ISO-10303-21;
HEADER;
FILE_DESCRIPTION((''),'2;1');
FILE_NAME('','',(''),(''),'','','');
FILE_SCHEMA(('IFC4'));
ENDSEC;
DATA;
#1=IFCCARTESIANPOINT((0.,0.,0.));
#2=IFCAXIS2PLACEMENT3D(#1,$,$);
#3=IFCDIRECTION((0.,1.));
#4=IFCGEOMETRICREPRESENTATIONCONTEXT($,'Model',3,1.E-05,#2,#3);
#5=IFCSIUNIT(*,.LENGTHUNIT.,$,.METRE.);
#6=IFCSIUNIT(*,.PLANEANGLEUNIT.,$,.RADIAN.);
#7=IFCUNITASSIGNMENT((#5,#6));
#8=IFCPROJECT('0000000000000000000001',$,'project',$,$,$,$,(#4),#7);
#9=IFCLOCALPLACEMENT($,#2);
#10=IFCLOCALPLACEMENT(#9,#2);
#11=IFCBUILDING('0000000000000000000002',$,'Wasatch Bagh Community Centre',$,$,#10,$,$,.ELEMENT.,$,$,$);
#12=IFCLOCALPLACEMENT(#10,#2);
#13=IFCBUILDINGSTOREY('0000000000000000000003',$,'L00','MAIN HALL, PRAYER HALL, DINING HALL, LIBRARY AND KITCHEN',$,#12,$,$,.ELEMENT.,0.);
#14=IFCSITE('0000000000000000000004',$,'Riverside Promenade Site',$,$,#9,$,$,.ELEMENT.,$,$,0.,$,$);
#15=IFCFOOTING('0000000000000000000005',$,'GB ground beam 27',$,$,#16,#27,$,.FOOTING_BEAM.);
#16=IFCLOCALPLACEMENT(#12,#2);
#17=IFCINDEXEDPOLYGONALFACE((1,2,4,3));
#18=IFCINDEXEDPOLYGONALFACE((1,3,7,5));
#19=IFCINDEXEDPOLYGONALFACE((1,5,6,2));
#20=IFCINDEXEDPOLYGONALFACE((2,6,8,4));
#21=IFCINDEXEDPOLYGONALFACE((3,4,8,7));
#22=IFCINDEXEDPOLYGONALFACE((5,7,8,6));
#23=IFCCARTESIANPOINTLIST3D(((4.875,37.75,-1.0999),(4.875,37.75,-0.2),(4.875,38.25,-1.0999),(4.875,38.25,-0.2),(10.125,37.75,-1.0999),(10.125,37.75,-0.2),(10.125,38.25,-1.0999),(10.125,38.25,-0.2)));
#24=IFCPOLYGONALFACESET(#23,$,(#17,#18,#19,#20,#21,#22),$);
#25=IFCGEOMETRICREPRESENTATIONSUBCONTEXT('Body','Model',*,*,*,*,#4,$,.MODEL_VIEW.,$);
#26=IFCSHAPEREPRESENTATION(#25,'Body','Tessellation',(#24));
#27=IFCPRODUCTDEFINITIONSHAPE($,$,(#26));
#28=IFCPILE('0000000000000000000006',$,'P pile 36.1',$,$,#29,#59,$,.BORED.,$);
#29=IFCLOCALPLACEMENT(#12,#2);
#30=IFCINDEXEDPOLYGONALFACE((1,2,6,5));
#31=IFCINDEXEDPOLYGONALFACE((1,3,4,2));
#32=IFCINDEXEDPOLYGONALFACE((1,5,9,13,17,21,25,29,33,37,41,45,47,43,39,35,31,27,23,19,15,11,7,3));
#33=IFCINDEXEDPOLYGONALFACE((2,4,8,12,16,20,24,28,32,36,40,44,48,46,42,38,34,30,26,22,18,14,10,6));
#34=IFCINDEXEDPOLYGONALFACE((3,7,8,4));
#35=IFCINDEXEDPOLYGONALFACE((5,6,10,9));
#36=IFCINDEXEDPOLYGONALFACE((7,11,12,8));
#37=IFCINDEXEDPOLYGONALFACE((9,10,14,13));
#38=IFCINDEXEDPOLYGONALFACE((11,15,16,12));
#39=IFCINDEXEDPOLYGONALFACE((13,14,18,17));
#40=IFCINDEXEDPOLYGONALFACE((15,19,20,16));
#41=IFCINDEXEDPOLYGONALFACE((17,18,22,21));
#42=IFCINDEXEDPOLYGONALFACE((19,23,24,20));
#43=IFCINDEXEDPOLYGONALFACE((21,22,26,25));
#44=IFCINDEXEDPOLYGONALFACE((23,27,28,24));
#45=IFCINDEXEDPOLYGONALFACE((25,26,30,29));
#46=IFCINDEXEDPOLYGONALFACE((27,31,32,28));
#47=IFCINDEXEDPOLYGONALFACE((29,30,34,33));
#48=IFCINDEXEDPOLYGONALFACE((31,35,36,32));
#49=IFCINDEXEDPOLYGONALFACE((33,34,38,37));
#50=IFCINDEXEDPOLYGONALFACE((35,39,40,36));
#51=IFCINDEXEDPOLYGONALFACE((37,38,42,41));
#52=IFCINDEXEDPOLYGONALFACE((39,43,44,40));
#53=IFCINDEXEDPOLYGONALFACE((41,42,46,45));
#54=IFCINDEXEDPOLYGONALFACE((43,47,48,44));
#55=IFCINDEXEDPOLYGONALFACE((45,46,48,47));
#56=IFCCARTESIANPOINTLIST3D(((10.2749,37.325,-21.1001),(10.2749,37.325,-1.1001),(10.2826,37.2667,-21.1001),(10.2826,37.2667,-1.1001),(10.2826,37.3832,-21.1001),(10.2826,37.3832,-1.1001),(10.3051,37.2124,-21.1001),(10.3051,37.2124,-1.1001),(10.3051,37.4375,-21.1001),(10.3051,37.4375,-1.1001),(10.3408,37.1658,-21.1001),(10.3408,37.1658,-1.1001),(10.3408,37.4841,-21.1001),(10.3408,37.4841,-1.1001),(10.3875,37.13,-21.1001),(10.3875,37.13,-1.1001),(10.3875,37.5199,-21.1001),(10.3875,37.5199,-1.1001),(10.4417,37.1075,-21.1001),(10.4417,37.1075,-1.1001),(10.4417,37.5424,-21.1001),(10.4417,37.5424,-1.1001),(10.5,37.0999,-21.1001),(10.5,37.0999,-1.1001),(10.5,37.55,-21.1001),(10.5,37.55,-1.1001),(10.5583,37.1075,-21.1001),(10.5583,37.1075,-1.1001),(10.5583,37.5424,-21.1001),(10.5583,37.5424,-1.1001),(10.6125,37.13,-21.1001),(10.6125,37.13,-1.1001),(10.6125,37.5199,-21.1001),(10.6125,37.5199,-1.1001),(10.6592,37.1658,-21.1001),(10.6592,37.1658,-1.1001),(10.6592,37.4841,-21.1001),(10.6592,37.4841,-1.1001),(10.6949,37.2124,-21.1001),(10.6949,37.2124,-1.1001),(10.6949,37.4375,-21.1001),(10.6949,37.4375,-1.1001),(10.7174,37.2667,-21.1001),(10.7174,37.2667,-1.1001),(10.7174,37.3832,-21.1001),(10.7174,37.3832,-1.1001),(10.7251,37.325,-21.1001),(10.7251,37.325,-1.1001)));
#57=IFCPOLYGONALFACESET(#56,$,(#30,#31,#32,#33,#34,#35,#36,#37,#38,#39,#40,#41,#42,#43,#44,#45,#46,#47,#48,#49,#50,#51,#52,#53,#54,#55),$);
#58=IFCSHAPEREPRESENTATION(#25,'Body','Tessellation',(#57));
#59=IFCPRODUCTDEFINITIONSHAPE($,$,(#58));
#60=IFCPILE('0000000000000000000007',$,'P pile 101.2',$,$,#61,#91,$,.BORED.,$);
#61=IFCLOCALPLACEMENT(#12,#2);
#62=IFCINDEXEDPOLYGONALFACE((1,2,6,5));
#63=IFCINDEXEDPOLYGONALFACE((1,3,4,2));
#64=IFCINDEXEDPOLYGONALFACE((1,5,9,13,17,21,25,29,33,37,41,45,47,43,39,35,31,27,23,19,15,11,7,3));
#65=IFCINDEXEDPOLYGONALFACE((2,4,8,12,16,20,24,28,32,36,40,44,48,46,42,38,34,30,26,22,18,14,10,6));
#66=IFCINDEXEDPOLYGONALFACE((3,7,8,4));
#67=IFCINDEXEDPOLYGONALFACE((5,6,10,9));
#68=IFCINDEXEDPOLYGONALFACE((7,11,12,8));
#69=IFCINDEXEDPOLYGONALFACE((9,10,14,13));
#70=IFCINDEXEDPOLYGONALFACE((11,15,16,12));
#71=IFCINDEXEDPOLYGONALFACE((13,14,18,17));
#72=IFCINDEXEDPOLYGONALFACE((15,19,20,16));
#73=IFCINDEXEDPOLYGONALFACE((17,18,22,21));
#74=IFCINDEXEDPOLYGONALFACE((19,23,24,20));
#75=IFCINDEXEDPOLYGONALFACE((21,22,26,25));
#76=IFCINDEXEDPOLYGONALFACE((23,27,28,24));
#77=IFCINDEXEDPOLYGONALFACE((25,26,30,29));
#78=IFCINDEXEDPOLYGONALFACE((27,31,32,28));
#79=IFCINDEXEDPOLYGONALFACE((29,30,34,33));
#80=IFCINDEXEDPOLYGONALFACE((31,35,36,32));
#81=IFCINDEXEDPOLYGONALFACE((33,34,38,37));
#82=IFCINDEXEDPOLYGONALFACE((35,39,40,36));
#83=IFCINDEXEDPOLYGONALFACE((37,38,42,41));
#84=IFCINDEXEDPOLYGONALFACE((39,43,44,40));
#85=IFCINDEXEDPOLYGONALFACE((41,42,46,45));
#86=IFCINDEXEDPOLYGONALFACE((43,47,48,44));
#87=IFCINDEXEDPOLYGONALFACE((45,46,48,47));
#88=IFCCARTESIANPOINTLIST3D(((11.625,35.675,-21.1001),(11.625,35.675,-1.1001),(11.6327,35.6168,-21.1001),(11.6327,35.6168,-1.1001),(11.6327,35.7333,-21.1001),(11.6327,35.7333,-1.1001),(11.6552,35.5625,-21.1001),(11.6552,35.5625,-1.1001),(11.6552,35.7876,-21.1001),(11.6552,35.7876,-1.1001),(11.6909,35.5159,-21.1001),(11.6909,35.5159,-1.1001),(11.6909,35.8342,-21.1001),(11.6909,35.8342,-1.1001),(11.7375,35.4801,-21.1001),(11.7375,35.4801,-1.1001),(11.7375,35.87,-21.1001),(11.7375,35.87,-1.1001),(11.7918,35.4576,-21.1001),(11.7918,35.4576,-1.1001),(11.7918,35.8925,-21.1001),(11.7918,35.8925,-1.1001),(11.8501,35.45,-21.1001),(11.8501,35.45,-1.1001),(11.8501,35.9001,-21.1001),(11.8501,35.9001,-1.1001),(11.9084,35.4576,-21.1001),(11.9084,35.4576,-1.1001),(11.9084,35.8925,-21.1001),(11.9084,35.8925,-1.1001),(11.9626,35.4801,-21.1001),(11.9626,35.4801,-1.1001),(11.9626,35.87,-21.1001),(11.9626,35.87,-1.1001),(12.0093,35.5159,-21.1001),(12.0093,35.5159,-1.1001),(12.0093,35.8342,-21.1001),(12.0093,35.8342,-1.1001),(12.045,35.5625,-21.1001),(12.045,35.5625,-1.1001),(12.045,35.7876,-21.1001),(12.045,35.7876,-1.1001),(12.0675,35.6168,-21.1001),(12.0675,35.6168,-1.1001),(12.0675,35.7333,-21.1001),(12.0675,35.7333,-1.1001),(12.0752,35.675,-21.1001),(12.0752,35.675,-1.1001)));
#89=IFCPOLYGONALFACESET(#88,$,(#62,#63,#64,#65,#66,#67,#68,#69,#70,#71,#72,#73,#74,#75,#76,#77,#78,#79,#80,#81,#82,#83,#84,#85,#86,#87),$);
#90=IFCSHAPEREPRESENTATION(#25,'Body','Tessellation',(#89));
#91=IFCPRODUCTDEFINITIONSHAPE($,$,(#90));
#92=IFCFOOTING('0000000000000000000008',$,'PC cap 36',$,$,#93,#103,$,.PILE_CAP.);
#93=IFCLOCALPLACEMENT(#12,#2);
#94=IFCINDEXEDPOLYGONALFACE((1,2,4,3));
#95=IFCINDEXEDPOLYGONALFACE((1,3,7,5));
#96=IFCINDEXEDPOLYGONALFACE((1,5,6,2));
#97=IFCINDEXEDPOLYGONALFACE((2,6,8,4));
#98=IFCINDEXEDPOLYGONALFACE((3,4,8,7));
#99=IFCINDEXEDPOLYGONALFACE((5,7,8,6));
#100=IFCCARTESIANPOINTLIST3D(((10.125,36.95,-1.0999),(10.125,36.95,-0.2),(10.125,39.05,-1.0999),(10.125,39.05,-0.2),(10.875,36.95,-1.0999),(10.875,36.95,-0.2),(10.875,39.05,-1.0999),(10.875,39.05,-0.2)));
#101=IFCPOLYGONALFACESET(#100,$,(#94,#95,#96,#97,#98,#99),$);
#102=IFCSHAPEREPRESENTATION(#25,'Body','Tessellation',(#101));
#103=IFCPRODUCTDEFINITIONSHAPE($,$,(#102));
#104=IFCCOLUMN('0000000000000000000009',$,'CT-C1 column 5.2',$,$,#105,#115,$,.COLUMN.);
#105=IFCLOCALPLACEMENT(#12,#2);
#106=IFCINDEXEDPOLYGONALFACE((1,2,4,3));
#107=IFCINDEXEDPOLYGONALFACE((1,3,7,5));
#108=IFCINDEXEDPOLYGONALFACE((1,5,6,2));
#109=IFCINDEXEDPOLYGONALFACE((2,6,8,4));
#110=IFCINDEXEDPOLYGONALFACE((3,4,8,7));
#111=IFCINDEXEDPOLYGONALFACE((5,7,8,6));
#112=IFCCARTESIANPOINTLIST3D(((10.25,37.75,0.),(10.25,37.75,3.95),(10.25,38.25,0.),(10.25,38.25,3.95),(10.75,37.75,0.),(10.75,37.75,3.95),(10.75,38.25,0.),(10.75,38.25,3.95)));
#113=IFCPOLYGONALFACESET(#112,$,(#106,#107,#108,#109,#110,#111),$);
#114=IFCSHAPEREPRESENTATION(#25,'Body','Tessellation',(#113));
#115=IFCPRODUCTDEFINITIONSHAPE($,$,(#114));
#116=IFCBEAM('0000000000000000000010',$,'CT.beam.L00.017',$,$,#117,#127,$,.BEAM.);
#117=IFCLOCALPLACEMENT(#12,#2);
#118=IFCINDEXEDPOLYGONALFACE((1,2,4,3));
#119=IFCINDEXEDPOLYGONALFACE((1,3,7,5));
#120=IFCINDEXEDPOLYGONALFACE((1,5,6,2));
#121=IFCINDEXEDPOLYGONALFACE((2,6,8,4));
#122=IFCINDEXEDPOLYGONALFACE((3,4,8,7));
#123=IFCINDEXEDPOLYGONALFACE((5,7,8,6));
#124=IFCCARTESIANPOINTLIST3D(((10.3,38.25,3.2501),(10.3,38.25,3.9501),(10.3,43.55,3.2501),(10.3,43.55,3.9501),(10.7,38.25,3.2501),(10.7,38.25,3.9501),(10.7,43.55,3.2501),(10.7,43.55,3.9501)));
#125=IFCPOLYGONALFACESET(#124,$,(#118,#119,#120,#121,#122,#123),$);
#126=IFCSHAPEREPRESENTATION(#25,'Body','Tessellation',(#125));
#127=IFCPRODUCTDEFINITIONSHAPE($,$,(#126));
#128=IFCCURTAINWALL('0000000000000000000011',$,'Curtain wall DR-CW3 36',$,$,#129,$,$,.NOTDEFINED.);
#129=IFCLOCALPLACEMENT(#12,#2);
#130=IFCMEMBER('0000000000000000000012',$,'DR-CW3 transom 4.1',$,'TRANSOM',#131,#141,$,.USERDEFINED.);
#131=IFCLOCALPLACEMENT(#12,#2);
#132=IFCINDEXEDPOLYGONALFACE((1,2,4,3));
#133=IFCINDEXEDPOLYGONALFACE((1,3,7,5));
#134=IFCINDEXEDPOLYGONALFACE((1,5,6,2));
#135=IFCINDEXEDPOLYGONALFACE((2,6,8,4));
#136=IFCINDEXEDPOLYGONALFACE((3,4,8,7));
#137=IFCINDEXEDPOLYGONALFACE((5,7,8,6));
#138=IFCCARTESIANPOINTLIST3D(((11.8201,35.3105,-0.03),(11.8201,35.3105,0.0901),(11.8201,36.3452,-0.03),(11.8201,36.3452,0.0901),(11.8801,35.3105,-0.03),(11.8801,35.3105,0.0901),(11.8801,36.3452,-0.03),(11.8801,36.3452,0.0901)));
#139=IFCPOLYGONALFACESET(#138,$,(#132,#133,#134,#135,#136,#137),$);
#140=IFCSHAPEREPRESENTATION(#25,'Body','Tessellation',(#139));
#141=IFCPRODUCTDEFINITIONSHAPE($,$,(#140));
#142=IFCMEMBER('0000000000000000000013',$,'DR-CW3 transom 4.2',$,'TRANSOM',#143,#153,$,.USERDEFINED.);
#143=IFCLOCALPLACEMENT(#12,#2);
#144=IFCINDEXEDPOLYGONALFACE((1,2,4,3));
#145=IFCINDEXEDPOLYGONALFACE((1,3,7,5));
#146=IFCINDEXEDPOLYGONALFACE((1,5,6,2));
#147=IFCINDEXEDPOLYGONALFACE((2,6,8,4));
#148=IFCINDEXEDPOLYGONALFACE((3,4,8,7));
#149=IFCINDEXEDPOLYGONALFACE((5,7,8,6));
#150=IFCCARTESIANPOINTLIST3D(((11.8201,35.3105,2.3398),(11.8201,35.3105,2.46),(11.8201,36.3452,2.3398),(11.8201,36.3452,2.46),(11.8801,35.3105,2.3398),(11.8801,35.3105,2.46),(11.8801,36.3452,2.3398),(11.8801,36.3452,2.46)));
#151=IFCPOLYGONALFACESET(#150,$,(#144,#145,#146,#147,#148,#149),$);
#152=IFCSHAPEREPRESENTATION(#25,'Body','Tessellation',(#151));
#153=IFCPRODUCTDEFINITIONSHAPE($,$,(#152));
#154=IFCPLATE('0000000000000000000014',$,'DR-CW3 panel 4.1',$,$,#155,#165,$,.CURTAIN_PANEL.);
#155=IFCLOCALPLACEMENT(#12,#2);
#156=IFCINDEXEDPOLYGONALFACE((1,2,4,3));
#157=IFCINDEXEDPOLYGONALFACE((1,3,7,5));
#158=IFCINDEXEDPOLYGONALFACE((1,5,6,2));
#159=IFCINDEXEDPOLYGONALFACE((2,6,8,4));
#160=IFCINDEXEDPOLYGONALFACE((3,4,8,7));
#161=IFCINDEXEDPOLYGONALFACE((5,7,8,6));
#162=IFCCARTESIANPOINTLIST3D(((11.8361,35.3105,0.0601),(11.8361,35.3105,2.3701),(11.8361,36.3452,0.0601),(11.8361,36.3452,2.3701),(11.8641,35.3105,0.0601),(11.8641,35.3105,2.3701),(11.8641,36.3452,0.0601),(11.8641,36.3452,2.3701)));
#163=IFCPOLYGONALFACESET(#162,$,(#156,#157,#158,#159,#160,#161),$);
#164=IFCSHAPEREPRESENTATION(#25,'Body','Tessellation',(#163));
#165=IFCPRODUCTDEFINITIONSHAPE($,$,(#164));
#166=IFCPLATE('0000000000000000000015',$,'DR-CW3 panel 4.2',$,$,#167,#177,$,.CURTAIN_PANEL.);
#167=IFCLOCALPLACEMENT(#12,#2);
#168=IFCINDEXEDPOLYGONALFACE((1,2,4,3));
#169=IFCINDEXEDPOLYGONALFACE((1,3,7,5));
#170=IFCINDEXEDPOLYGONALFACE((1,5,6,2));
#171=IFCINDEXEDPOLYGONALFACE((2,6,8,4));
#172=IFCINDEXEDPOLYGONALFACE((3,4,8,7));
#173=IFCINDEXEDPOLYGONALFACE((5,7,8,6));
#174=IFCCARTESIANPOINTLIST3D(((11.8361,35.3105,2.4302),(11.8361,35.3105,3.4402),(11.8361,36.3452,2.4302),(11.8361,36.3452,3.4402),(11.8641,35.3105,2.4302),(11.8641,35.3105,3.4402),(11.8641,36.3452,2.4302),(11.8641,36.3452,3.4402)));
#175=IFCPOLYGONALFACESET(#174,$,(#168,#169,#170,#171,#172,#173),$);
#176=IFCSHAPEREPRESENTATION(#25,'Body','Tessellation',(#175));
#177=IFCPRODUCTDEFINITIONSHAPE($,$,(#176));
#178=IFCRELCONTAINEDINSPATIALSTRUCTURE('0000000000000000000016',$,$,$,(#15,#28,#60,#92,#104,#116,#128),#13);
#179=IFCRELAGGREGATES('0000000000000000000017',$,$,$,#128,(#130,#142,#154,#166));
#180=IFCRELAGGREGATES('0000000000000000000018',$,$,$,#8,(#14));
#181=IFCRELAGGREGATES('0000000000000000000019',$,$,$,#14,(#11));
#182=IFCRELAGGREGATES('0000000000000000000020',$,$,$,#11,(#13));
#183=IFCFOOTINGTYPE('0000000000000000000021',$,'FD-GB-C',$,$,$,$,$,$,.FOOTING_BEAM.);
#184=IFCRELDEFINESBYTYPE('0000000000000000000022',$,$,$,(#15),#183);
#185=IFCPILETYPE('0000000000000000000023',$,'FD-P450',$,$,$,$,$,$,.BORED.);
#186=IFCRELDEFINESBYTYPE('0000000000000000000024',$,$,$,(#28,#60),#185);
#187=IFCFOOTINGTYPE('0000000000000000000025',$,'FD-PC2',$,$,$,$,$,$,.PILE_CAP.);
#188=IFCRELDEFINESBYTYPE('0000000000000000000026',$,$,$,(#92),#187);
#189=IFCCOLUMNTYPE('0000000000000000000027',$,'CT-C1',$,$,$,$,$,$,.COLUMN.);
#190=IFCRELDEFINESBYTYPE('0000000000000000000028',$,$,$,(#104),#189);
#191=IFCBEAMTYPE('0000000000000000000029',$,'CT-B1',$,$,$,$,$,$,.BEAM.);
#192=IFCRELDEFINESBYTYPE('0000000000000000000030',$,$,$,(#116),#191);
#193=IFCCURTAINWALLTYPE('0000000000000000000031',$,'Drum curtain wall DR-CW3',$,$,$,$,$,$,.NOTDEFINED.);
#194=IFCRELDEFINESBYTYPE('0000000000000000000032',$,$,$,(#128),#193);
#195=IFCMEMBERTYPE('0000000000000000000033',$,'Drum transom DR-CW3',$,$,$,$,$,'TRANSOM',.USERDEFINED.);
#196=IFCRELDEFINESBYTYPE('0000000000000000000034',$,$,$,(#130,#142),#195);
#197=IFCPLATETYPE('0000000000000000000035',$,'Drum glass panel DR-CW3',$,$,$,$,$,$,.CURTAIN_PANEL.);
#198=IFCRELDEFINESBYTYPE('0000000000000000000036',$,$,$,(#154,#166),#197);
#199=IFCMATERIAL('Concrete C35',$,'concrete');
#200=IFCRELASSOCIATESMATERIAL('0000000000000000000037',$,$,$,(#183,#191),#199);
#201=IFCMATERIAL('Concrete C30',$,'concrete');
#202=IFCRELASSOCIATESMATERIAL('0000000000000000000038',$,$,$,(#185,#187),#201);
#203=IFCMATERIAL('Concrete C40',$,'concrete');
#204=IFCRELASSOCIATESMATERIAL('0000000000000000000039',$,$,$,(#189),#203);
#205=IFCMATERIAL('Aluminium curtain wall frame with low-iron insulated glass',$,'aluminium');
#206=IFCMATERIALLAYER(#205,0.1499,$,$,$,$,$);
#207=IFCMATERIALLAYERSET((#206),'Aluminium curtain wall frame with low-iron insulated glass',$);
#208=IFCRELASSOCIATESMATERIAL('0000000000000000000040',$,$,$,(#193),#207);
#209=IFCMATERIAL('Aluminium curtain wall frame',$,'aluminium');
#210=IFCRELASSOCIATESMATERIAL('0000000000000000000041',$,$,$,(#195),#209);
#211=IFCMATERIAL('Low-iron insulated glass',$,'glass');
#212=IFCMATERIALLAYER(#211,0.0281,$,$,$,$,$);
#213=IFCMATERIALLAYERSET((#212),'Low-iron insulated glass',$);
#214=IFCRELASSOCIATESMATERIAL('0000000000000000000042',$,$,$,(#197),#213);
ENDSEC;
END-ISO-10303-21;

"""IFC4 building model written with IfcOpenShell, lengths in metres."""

from ifc_helpers import new_model, si_unit, direction, frame, origin, origin_2d, place, context, subcontext, project, spatial, rectangle, circle, extrude, material, layer, layer_set, material_profile, profile_set, type_object, element, aggregate, save


model = new_model("IFC4")

# Units and contexts
model_context = context("Model", 3, precision=1e-05, world=origin(), true_north=direction((0.0, 1.0)))
body_context = subcontext(model_context, "Body", "Model", "MODEL_VIEW")
ifc_project = project(units=[si_unit("LENGTHUNIT", "METRE"), si_unit("PLANEANGLEUNIT", "RADIAN")], contexts=[model_context])

# Site, building, storey
site_placement = place(None, origin())
site = spatial("IfcSite", under=ifc_project, at=site_placement, Name="Riverside Promenade Site", CompositionType="ELEMENT", RefElevation=0.0)
building_placement = place(site_placement, origin())
building = spatial("IfcBuilding", under=site, at=building_placement, Name="Wasatch Bagh Community Centre", CompositionType="ELEMENT")
storey_placement = place(building_placement, origin())
storey = spatial("IfcBuildingStorey", under=building, at=storey_placement, Name="L00", Description="MAIN HALL, PRAYER HALL, DINING HALL, LIBRARY AND KITCHEN", CompositionType="ELEMENT", Elevation=0.0)

# Footing
ifc_material_1 = material(Name="Concrete C35", Category="concrete")
footing_type_1 = type_object("IfcFootingType", Name="FD-GB-C", PredefinedType="FOOTING_BEAM", material=ifc_material_1)
footing_1_placement = place(storey_placement, frame((7.5, 38.0, -1.0999), z_axis=(0.0, 0.0, 1.0), x_axis=(1.0, 0.0, 0.0)))
element("IfcFooting", 1, at=footing_1_placement, inside=storey, type_object=footing_type_1, Name="GB ground beam 27", PredefinedType="FOOTING_BEAM", context=body_context, shape_type="SweptSolid", body=[
    extrude(rectangle(XDim=5.25, YDim=0.5, at=origin_2d()), origin(), (0.0, 0.0, 1.0), 0.8999),
])

# Piles
ifc_material_2 = material(Name="Concrete C30", Category="concrete")
ifc_material_profile_1 = material_profile(ifc_material_2, circle(Radius=0.2251, at=origin_2d()), Name="RC D450")
ifc_profile_set_1 = profile_set([ifc_material_profile_1], Name="Concrete C30")
pile_type = type_object("IfcPileType", Name="FD-P450", PredefinedType="BORED", material=ifc_profile_set_1)
for number, where, z_axis, x_axis, name in (
    (2, (10.5, 37.325, -1.1001), (0.0, 0.0, -1.0), (1.0, 0.0, 0.0), "P pile 36.1"),
    (3, (11.8501, 35.675, -1.1001), (0.0, 0.0, -1.0), (1.0, 0.0, 0.0), "P pile 101.2"),
):
    element("IfcPile", number, at=place(storey_placement, frame(where, z_axis=z_axis, x_axis=x_axis)), inside=storey, type_object=pile_type, Name=name, PredefinedType="BORED", context=body_context, shape_type="SweptSolid", body=[
        extrude(circle(Radius=0.2251, at=origin_2d()), origin(), (0.0, 0.0, 1.0), 20.0),
    ])

# Footing
footing_type_2 = type_object("IfcFootingType", Name="FD-PC2", PredefinedType="PILE_CAP", material=ifc_material_2)
footing_2_placement = place(storey_placement, frame((10.5, 38.0, -1.0999), z_axis=(0.0, 0.0, 1.0), x_axis=(0.0, 1.0, 0.0)))
element("IfcFooting", 4, at=footing_2_placement, inside=storey, type_object=footing_type_2, Name="PC cap 36", PredefinedType="PILE_CAP", context=body_context, shape_type="SweptSolid", body=[
    extrude(rectangle(XDim=2.1001, YDim=0.75, at=origin_2d()), origin(), (0.0, 0.0, 1.0), 0.8999),
])

# Column
ifc_material_3 = material(Name="Concrete C40", Category="concrete")
ifc_material_profile_2 = material_profile(ifc_material_3, rectangle(XDim=0.5, YDim=0.5, at=origin_2d()), Name="RC 500x500")
ifc_profile_set_2 = profile_set([ifc_material_profile_2], Name="Concrete C40")
column_type = type_object("IfcColumnType", Name="CT-C1", PredefinedType="COLUMN", material=ifc_profile_set_2)
column_placement = place(storey_placement, frame((10.5, 38.0, 0.0), z_axis=(0.0, 0.0, 1.0), x_axis=(1.0, 0.0, 0.0)))
element("IfcColumn", 5, at=column_placement, inside=storey, type_object=column_type, Name="CT-C1 column 5.2", PredefinedType="COLUMN", context=body_context, shape_type="SweptSolid", body=[
    extrude(rectangle(XDim=0.5, YDim=0.5, at=origin_2d()), origin(), (0.0, 0.0, 1.0), 3.95),
])

# Beam
ifc_material_profile_3 = material_profile(ifc_material_1, rectangle(XDim=0.3999, YDim=0.7, at=origin_2d()), Name="RC 400x700")
ifc_profile_set_3 = profile_set([ifc_material_profile_3], Name="Concrete C35")
beam_type = type_object("IfcBeamType", Name="CT-B1", PredefinedType="BEAM", material=ifc_profile_set_3)
beam_placement = place(storey_placement, frame((10.5, 38.25, 3.6001), z_axis=(0.0, 1.0, 0.0), x_axis=(-1.0, 0.0, 0.0)))
element("IfcBeam", 6, at=beam_placement, inside=storey, type_object=beam_type, Name="CT.beam.L00.017", PredefinedType="BEAM", context=body_context, shape_type="SweptSolid", body=[
    extrude(rectangle(XDim=0.3999, YDim=0.7, at=origin_2d()), origin(), (0.0, 0.0, 1.0), 5.3),
])

# Curtain wall, members, plates
ifc_material_4 = material(Name="Aluminium curtain wall frame with low-iron insulated glass", Category="aluminium")
ifc_layer_1 = layer(ifc_material_4, 0.1499)
ifc_layer_set_1 = layer_set([ifc_layer_1], Name="Aluminium curtain wall frame with low-iron insulated glass")
curtain_wall_type = type_object("IfcCurtainWallType", Name="Drum curtain wall DR-CW3", PredefinedType="NOTDEFINED", material=ifc_layer_set_1)
curtain_wall_placement = place(storey_placement, origin())
curtain_wall = element("IfcCurtainWall", 7, at=curtain_wall_placement, inside=storey, type_object=curtain_wall_type, Name="Curtain wall DR-CW3 36", PredefinedType="NOTDEFINED")
ifc_material_5 = material(Name="Aluminium curtain wall frame", Category="aluminium")
ifc_material_profile_4 = material_profile(ifc_material_5, rectangle(XDim=0.0601, YDim=0.1201, at=origin_2d()), Name="Drum transom DR-CW3")
ifc_profile_set_4 = profile_set([ifc_material_profile_4], Name="Aluminium curtain wall frame")
member_type = type_object("IfcMemberType", Name="Drum transom DR-CW3", ElementType="TRANSOM", PredefinedType="USERDEFINED", material=ifc_profile_set_4)
member_1_placement = place(storey_placement, frame((11.8501, 36.3452, 0.03), z_axis=(0.0, -1.0, 0.0), x_axis=(1.0, 0.0, 0.0)))
member_1 = element("IfcMember", 8, at=member_1_placement, type_object=member_type, Name="DR-CW3 transom 4.1", ObjectType="TRANSOM", PredefinedType="USERDEFINED", context=body_context, shape_type="SweptSolid", body=[
    extrude(rectangle(XDim=0.0601, YDim=0.1201, at=origin_2d()), origin(), (0.0, 0.0, 1.0), 1.0347),
])
member_2_placement = place(storey_placement, frame((11.8501, 36.3452, 2.3999), z_axis=(0.0, -1.0, 0.0), x_axis=(1.0, 0.0, 0.0)))
member_2 = element("IfcMember", 9, at=member_2_placement, type_object=member_type, Name="DR-CW3 transom 4.2", ObjectType="TRANSOM", PredefinedType="USERDEFINED", context=body_context, shape_type="SweptSolid", body=[
    extrude(rectangle(XDim=0.0601, YDim=0.1201, at=origin_2d()), origin(), (0.0, 0.0, 1.0), 1.0347),
])
ifc_material_6 = material(Name="Low-iron insulated glass", Category="glass")
ifc_layer_2 = layer(ifc_material_6, 0.0281)
ifc_layer_set_2 = layer_set([ifc_layer_2], Name="Low-iron insulated glass")
plate_type = type_object("IfcPlateType", Name="Drum glass panel DR-CW3", PredefinedType="CURTAIN_PANEL", material=ifc_layer_set_2)
plate_1_placement = place(storey_placement, frame((11.8501, 35.8279, 0.0601), z_axis=(0.0, 0.0, 1.0), x_axis=(0.0, -1.0, 0.0)))
plate_1 = element("IfcPlate", 10, at=plate_1_placement, type_object=plate_type, Name="DR-CW3 panel 4.1", PredefinedType="CURTAIN_PANEL", context=body_context, shape_type="SweptSolid", body=[
    extrude(rectangle(XDim=1.0347, YDim=0.0281, at=origin_2d()), origin(), (0.0, 0.0, 1.0), 2.3101),
])
plate_2_placement = place(storey_placement, frame((11.8501, 35.8279, 2.4302), z_axis=(0.0, 0.0, 1.0), x_axis=(0.0, -1.0, 0.0)))
plate_2 = element("IfcPlate", 11, at=plate_2_placement, type_object=plate_type, Name="DR-CW3 panel 4.2", PredefinedType="CURTAIN_PANEL", context=body_context, shape_type="SweptSolid", body=[
    extrude(rectangle(XDim=1.0347, YDim=0.0281, at=origin_2d()), origin(), (0.0, 0.0, 1.0), 1.01),
])
aggregate(curtain_wall, [member_1, member_2, plate_1, plate_2])

save(model, "model.ifc")
